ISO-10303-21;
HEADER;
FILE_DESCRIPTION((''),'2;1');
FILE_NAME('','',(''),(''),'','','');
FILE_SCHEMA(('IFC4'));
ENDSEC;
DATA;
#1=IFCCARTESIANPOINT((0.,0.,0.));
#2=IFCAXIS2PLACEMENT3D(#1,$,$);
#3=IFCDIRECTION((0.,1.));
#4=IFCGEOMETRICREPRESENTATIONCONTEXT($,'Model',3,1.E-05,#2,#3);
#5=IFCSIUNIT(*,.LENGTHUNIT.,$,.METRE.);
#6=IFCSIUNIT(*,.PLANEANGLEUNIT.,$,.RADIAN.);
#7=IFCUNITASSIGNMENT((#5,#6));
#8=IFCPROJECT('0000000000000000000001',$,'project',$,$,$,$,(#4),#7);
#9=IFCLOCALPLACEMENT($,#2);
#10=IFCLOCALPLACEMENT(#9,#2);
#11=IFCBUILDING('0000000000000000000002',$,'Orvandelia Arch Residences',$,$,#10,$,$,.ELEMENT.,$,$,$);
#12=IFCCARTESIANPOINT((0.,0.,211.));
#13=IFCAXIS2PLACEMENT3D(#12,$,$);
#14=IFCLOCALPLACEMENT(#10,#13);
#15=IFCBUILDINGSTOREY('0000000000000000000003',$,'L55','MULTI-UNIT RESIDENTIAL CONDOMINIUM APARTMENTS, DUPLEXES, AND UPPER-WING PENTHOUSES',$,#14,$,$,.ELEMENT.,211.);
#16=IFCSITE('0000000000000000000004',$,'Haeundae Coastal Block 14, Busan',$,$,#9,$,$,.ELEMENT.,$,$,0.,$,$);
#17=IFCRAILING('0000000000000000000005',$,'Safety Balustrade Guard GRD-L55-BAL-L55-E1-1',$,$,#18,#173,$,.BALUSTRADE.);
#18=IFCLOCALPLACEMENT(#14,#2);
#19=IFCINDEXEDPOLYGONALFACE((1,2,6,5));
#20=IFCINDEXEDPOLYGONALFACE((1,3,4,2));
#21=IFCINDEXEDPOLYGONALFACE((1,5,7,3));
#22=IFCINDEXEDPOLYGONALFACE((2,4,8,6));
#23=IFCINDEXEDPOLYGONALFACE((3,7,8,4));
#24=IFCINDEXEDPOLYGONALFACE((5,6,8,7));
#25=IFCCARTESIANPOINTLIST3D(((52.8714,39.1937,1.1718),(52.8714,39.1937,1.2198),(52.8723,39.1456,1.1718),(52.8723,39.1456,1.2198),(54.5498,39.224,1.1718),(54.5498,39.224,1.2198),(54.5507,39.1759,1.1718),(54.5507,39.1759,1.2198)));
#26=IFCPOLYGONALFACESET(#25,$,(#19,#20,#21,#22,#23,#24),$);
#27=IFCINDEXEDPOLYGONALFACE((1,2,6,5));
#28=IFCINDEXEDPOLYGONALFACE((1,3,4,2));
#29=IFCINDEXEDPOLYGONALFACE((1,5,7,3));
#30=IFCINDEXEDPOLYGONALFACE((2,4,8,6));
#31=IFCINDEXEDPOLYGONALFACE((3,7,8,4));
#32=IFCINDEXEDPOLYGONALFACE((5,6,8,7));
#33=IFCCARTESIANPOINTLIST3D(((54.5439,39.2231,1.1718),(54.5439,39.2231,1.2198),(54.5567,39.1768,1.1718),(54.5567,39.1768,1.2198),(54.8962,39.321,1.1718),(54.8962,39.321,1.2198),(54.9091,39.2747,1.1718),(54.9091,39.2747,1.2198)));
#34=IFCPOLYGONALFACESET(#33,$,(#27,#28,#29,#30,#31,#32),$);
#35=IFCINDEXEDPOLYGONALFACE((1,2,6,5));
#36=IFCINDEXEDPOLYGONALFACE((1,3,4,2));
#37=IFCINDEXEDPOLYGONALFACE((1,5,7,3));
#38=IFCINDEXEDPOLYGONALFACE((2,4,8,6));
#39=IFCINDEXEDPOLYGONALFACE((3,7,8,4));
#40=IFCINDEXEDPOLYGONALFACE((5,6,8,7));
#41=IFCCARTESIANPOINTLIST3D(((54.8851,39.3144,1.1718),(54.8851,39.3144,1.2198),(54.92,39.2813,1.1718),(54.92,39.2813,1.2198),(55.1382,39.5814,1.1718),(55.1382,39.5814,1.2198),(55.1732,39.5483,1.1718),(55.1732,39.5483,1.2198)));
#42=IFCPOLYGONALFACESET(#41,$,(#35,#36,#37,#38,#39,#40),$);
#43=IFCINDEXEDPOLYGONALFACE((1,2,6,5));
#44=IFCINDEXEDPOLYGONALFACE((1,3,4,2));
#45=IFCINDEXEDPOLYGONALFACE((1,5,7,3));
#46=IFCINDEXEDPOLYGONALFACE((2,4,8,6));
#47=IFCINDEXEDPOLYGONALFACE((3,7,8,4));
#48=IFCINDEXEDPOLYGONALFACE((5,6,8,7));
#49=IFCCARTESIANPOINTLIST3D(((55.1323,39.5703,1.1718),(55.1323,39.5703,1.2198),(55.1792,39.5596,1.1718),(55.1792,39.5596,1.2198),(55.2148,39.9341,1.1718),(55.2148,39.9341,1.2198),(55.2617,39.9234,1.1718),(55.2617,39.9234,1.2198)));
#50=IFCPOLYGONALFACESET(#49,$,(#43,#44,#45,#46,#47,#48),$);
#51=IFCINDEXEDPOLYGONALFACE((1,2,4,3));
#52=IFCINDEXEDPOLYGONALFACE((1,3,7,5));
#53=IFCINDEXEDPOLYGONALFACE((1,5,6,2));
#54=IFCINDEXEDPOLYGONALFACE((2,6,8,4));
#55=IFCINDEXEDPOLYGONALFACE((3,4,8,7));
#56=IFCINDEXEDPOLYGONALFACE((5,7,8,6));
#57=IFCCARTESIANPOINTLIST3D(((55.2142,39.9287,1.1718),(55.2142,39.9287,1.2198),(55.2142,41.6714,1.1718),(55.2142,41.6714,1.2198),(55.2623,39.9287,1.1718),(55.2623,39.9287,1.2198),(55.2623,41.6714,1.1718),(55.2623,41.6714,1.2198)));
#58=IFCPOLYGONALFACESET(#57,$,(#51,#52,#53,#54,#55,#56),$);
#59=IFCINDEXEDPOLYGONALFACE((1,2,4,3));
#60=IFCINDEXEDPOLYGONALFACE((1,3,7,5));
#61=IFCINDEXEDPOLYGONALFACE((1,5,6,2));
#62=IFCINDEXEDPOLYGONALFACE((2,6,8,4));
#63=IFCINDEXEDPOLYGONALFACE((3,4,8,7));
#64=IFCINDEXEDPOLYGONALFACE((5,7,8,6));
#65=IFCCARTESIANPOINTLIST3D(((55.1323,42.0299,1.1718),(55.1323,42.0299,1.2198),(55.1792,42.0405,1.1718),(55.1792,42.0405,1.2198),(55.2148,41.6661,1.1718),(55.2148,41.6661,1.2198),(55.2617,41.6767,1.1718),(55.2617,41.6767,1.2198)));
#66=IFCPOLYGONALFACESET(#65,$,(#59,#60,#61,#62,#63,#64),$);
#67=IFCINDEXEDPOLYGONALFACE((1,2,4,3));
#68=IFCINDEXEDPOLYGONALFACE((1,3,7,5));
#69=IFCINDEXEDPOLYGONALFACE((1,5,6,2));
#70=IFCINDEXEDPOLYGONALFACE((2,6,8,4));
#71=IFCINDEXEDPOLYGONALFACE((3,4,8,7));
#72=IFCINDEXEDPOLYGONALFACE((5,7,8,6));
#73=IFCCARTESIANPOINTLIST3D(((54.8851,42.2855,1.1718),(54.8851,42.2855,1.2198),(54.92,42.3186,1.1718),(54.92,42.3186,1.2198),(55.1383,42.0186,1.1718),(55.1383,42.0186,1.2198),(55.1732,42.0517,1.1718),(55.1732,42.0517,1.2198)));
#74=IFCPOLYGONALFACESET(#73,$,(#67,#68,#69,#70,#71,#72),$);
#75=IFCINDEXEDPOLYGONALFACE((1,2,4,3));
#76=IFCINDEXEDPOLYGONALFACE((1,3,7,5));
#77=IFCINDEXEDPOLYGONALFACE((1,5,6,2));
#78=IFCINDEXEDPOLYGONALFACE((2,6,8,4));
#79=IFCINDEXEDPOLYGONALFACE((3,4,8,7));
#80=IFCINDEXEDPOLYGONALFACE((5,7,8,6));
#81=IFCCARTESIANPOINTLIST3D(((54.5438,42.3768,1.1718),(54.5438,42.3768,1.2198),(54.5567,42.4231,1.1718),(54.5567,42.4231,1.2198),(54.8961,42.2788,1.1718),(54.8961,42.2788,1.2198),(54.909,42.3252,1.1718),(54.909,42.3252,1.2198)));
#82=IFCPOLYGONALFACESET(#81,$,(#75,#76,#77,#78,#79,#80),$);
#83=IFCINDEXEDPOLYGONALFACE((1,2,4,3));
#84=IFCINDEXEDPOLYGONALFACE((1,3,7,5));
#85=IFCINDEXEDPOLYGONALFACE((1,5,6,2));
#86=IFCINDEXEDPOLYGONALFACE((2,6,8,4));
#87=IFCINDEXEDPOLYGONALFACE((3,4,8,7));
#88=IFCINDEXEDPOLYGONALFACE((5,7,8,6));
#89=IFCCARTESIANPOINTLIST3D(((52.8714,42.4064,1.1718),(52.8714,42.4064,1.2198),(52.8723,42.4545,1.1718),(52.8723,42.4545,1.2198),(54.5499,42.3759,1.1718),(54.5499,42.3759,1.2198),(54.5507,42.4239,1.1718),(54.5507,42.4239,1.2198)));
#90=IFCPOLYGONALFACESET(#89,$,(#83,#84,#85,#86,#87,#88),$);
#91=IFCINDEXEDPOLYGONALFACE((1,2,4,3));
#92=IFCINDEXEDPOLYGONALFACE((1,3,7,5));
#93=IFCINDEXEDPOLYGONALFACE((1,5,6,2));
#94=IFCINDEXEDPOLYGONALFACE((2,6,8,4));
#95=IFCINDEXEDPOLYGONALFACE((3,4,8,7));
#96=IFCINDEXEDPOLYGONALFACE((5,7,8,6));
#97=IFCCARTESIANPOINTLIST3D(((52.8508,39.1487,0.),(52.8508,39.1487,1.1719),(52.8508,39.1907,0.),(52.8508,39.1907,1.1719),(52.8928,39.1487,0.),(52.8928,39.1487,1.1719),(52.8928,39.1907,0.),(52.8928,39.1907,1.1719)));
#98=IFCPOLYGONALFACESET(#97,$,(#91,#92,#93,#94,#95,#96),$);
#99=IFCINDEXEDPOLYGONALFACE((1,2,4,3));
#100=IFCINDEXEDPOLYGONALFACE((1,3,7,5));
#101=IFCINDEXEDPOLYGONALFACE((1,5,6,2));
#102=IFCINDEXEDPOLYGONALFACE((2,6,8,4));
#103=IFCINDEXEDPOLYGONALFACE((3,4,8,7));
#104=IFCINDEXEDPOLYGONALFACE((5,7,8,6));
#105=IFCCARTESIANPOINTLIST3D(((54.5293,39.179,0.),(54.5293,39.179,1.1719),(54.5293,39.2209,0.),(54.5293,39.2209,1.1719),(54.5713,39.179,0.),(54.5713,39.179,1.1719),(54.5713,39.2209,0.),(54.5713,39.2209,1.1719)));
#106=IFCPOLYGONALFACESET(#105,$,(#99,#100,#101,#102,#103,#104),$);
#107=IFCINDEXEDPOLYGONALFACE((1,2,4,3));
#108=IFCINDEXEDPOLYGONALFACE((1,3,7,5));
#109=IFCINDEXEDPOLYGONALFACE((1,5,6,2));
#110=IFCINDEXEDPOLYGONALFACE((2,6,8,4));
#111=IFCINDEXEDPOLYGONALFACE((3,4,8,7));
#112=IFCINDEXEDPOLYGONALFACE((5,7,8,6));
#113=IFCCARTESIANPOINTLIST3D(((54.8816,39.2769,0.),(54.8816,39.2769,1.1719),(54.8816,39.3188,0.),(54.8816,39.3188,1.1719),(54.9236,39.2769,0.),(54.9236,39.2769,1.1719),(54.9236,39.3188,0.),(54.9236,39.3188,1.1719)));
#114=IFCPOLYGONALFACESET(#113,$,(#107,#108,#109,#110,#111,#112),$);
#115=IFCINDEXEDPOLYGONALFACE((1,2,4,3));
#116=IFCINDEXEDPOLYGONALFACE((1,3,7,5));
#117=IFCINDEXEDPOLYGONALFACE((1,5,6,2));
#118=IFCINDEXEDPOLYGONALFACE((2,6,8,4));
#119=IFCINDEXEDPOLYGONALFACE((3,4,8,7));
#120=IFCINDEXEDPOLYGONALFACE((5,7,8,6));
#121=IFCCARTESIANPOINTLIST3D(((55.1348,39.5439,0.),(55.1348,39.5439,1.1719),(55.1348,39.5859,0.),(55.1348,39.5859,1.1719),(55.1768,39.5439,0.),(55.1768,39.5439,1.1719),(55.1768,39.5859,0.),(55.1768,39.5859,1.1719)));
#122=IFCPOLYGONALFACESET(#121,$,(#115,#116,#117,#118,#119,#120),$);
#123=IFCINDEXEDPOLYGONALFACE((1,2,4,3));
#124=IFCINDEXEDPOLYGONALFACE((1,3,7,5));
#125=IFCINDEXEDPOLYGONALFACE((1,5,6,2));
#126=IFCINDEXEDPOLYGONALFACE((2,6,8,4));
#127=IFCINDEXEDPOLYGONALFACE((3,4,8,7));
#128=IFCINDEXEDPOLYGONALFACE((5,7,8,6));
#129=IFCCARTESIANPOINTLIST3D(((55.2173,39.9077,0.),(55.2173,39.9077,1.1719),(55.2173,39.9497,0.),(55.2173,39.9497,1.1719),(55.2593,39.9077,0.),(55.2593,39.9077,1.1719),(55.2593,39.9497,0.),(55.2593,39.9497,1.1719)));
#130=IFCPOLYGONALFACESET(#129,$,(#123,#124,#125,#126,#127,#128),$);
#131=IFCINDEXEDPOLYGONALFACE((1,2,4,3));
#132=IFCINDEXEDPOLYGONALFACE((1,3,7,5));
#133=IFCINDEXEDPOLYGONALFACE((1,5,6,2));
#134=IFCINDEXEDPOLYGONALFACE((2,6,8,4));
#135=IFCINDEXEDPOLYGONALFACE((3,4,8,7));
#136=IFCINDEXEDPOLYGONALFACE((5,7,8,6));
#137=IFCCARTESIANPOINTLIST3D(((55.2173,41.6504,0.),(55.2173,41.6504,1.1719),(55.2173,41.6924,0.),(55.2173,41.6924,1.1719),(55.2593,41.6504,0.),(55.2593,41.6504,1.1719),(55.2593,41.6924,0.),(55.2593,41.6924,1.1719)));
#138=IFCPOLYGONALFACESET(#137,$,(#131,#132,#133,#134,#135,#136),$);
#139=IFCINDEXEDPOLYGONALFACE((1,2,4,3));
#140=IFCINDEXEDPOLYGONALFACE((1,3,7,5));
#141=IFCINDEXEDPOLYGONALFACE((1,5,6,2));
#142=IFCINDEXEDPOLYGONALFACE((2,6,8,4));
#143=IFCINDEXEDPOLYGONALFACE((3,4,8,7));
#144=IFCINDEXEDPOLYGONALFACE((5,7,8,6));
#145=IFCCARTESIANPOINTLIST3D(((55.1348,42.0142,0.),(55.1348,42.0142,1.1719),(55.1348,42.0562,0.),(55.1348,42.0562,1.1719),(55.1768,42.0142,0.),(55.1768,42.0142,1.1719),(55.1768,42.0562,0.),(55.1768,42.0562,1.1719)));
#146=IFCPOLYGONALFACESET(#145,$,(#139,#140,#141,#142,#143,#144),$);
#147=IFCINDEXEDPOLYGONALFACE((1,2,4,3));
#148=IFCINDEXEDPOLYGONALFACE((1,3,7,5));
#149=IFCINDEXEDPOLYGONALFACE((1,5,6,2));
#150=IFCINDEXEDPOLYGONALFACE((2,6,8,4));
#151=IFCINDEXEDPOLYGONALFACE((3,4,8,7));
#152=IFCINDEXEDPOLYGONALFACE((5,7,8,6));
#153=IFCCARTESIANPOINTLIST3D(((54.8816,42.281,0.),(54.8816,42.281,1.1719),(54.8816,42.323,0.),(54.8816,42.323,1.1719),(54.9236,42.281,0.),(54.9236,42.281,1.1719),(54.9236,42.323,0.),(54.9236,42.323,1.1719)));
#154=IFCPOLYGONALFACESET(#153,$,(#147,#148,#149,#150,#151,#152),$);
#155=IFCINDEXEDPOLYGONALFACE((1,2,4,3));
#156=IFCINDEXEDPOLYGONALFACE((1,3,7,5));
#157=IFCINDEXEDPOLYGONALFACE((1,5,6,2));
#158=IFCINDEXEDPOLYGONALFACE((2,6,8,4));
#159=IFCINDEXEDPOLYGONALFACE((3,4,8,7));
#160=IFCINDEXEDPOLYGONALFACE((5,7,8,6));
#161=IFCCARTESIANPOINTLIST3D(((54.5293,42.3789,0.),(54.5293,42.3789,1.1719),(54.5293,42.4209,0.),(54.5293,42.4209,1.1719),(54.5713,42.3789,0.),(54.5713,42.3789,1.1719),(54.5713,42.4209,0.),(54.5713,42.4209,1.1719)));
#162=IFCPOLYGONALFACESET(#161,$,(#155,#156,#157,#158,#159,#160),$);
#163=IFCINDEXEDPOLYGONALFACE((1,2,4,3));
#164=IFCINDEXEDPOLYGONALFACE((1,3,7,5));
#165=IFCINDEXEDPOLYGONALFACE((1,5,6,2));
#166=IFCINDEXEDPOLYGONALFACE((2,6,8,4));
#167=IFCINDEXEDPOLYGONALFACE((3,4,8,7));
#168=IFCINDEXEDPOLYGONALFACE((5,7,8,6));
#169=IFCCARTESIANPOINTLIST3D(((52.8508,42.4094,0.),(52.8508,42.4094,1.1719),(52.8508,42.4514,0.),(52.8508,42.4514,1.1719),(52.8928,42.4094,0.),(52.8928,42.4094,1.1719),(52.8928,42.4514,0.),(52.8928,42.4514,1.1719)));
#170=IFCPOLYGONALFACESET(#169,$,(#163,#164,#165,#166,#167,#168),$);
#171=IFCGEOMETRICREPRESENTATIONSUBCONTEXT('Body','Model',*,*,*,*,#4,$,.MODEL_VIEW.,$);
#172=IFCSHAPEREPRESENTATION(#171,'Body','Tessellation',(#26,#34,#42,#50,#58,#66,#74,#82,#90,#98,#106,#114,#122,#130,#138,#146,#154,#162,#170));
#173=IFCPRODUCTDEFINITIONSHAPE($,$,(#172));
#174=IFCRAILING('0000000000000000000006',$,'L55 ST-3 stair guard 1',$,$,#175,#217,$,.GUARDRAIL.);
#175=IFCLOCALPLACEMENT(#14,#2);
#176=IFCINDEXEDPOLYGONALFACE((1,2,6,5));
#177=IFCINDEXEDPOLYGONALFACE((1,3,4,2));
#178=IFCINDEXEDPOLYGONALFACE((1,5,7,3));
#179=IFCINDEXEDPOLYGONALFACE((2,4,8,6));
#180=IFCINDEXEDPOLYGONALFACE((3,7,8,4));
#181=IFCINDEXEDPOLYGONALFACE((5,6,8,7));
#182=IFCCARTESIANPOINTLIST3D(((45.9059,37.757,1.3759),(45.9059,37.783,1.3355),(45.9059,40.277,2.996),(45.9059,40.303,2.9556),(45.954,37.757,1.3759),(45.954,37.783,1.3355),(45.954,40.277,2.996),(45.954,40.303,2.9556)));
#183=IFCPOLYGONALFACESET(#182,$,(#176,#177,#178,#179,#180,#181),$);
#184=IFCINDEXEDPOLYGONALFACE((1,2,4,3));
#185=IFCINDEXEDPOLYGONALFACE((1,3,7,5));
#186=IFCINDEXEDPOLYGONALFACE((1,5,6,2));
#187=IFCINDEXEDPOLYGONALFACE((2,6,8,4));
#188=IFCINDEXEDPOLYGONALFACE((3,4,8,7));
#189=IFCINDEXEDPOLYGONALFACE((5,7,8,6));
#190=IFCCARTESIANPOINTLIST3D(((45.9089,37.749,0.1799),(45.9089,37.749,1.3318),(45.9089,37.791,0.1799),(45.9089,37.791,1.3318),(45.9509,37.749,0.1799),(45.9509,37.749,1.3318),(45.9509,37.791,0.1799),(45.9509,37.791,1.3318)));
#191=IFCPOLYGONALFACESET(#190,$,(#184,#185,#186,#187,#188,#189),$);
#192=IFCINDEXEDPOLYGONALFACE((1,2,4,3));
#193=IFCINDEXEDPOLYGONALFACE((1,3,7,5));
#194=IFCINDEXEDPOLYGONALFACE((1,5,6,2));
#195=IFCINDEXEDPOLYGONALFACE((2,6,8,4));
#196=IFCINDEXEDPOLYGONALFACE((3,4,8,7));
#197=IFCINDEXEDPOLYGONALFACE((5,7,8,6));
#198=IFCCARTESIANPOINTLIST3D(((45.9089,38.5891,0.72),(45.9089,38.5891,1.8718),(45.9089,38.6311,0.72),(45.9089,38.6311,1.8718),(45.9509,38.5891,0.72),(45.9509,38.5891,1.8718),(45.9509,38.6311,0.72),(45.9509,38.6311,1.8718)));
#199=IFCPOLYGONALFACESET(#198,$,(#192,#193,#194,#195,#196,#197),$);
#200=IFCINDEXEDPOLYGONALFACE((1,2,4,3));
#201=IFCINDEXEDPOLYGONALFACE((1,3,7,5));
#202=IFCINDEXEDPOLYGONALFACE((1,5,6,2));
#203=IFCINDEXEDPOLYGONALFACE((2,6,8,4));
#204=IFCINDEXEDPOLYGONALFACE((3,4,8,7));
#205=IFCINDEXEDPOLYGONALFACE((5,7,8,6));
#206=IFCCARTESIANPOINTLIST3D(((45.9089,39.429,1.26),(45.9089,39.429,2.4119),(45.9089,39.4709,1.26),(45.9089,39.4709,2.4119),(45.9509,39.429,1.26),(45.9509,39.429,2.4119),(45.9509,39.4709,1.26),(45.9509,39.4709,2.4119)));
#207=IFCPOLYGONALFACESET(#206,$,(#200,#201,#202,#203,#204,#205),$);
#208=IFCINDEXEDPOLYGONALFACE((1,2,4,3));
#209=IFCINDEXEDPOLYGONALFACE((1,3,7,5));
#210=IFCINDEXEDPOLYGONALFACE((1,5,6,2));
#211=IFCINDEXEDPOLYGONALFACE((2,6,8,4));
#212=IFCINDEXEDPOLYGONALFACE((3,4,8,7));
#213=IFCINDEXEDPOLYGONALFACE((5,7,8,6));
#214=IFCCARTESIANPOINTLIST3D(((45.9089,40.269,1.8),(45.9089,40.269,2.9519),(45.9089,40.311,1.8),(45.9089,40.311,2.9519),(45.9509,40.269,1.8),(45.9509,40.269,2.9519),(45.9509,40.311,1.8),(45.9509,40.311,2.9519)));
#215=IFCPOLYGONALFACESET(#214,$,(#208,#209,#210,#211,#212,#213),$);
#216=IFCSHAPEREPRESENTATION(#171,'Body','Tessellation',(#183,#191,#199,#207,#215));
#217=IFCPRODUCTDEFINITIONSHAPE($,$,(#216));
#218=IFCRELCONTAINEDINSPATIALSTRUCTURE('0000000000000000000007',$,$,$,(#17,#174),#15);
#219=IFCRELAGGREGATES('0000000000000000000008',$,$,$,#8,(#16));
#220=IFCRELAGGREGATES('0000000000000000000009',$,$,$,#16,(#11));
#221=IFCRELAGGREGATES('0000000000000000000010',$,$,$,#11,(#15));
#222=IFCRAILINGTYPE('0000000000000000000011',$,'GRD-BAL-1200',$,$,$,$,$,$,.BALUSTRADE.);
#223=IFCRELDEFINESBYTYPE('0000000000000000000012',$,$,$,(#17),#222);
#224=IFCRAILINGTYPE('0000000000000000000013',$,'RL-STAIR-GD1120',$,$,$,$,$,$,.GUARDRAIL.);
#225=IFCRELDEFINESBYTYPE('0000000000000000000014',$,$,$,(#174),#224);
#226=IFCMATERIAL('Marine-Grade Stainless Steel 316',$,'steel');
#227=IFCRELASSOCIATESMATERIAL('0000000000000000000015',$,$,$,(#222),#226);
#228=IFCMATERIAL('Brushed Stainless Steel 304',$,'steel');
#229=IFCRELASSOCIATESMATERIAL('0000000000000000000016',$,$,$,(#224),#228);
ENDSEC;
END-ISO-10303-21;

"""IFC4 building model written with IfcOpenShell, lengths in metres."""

from ifc_helpers import new_model, si_unit, direction, frame, origin, origin_2d, place, context, subcontext, project, spatial, rectangle, extrude, material, type_object, element, save


model = new_model("IFC4")

# Units and contexts
model_context = context("Model", 3, precision=1e-05, world=origin(), true_north=direction((0.0, 1.0)))
body_context = subcontext(model_context, "Body", "Model", "MODEL_VIEW")
ifc_project = project(units=[si_unit("LENGTHUNIT", "METRE"), si_unit("PLANEANGLEUNIT", "RADIAN")], contexts=[model_context])

# Site, building, storey
site_placement = place(None, origin())
site = spatial("IfcSite", under=ifc_project, at=site_placement, Name="Haeundae Coastal Block 14, Busan", CompositionType="ELEMENT", RefElevation=0.0)
building_placement = place(site_placement, origin())
building = spatial("IfcBuilding", under=site, at=building_placement, Name="Orvandelia Arch Residences", CompositionType="ELEMENT")
storey_placement = place(building_placement, frame((0.0, 0.0, 211.0)))
storey = spatial("IfcBuildingStorey", under=building, at=storey_placement, Name="L55", Description="MULTI-UNIT RESIDENTIAL CONDOMINIUM APARTMENTS, DUPLEXES, AND UPPER-WING PENTHOUSES", CompositionType="ELEMENT", Elevation=211.0)

# Railings
ifc_material_1 = material(Name="Marine-Grade Stainless Steel 316", Category="steel")
railing_type_1 = type_object("IfcRailingType", Name="GRD-BAL-1200", PredefinedType="BALUSTRADE", material=ifc_material_1)
railing_1_placement = place(storey_placement, frame((52.8718, 39.1697, 0.0)))
element("IfcRailing", 1, at=railing_1_placement, inside=storey, type_object=railing_type_1, Name="Safety Balustrade Guard GRD-L55-BAL-L55-E1-1", PredefinedType="BALUSTRADE", context=body_context, shape_type="SweptSolid", body=[
    extrude(rectangle(XDim=0.0481, YDim=0.0481, at=origin_2d()), frame((0.0, 0.0, 1.1958), z_axis=(0.999837, 0.018033, 0.0), x_axis=(-0.018033, 0.999837, 0.0)), (0.0, 0.0, 1.0), 1.6787),
    extrude(rectangle(XDim=0.0481, YDim=0.0481, at=origin_2d()), frame((1.6785, 0.0303, 1.1958), z_axis=(0.963489, 0.267747, 0.0), x_axis=(-0.267747, 0.963489, 0.0)), (0.0, 0.0, 1.0), 0.3657),
    extrude(rectangle(XDim=0.0481, YDim=0.0481, at=origin_2d()), frame((2.0308, 0.1282, 1.1958), z_axis=(0.687947, 0.725761, 0.0), x_axis=(-0.725761, 0.687947, 0.0)), (0.0, 0.0, 1.0), 0.3679),
    extrude(rectangle(XDim=0.0481, YDim=0.0481, at=origin_2d()), frame((2.2839, 0.3953, 1.1958), z_axis=(0.221225, 0.975223, 0.0), x_axis=(-0.975223, 0.221225, 0.0)), (0.0, 0.0, 1.0), 0.373),
    extrude(rectangle(XDim=0.0481, YDim=0.0481, at=origin_2d()), frame((2.3665, 0.759, 1.1958), z_axis=(0.0, 1.0, 0.0), x_axis=(-1.0, 0.0, 0.0)), (0.0, 0.0, 1.0), 1.7427),
    extrude(rectangle(XDim=0.0481, YDim=0.0481, at=origin_2d()), frame((2.3665, 2.5017, 1.1958), z_axis=(-0.221225, 0.975223, 0.0), x_axis=(-0.975223, -0.221225, 0.0)), (0.0, 0.0, 1.0), 0.373),
    extrude(rectangle(XDim=0.0481, YDim=0.0481, at=origin_2d()), frame((2.2839, 2.8655, 1.1958), z_axis=(-0.688278, 0.725447, 0.0), x_axis=(-0.725447, -0.688278, 0.0)), (0.0, 0.0, 1.0), 0.3679),
    extrude(rectangle(XDim=0.0481, YDim=0.0481, at=origin_2d()), frame((2.0308, 3.1323, 1.1958), z_axis=(-0.963489, 0.267747, 0.0), x_axis=(-0.267747, -0.963489, 0.0)), (0.0, 0.0, 1.0), 0.3657),
    extrude(rectangle(XDim=0.0481, YDim=0.0481, at=origin_2d()), frame((1.6785, 3.2302, 1.1958), z_axis=(-0.999835, 0.018179, 0.0), x_axis=(-0.018179, -0.999835, 0.0)), (0.0, 0.0, 1.0), 1.6787),
    extrude(rectangle(XDim=0.042, YDim=0.042, at=origin_2d()), origin(), (0.0, 0.0, 1.0), 1.1719),
    extrude(rectangle(XDim=0.042, YDim=0.042, at=origin_2d()), frame((1.6785, 0.0303, 0.0)), (0.0, 0.0, 1.0), 1.1719),
    extrude(rectangle(XDim=0.042, YDim=0.042, at=origin_2d()), frame((2.0308, 0.1282, 0.0)), (0.0, 0.0, 1.0), 1.1719),
    extrude(rectangle(XDim=0.042, YDim=0.042, at=origin_2d()), frame((2.2839, 0.3953, 0.0)), (0.0, 0.0, 1.0), 1.1719),
    extrude(rectangle(XDim=0.042, YDim=0.042, at=origin_2d()), frame((2.3665, 0.759, 0.0)), (0.0, 0.0, 1.0), 1.1719),
    extrude(rectangle(XDim=0.042, YDim=0.042, at=origin_2d()), frame((2.3665, 2.5017, 0.0)), (0.0, 0.0, 1.0), 1.1719),
    extrude(rectangle(XDim=0.042, YDim=0.042, at=origin_2d()), frame((2.2839, 2.8655, 0.0)), (0.0, 0.0, 1.0), 1.1719),
    extrude(rectangle(XDim=0.042, YDim=0.042, at=origin_2d()), frame((2.0308, 3.1323, 0.0)), (0.0, 0.0, 1.0), 1.1719),
    extrude(rectangle(XDim=0.042, YDim=0.042, at=origin_2d()), frame((1.6785, 3.2302, 0.0)), (0.0, 0.0, 1.0), 1.1719),
    extrude(rectangle(XDim=0.042, YDim=0.042, at=origin_2d()), frame((0.0, 3.2607, 0.0)), (0.0, 0.0, 1.0), 1.1719),
])
ifc_material_2 = material(Name="Brushed Stainless Steel 304", Category="steel")
railing_type_2 = type_object("IfcRailingType", Name="RL-STAIR-GD1120", PredefinedType="GUARDRAIL", material=ifc_material_2)
railing_2_placement = place(storey_placement, frame((45.9299, 37.77, 0.1799)))
element("IfcRailing", 2, at=railing_2_placement, inside=storey, type_object=railing_type_2, Name="L55 ST-3 stair guard 1", PredefinedType="GUARDRAIL", context=body_context, shape_type="SweptSolid", body=[
    extrude(rectangle(XDim=0.0481, YDim=0.0481, at=origin_2d()), frame((0.0, 0.0, 1.1758), z_axis=(0.0, 0.841163, 0.540782), x_axis=(-1.0, 0.0, 0.0)), (0.0, 0.0, 1.0), 2.9958),
    extrude(rectangle(XDim=0.042, YDim=0.042, at=origin_2d()), origin(), (0.0, 0.0, 1.0), 1.1519),
    extrude(rectangle(XDim=0.042, YDim=0.042, at=origin_2d()), frame((0.0, 0.8401, 0.54)), (0.0, 0.0, 1.0), 1.1519),
    extrude(rectangle(XDim=0.042, YDim=0.042, at=origin_2d()), frame((0.0, 1.6799, 1.0801)), (0.0, 0.0, 1.0), 1.1519),
    extrude(rectangle(XDim=0.042, YDim=0.042, at=origin_2d()), frame((0.0, 2.52, 1.6201)), (0.0, 0.0, 1.0), 1.1519),
])

save(model, "model.ifc")
